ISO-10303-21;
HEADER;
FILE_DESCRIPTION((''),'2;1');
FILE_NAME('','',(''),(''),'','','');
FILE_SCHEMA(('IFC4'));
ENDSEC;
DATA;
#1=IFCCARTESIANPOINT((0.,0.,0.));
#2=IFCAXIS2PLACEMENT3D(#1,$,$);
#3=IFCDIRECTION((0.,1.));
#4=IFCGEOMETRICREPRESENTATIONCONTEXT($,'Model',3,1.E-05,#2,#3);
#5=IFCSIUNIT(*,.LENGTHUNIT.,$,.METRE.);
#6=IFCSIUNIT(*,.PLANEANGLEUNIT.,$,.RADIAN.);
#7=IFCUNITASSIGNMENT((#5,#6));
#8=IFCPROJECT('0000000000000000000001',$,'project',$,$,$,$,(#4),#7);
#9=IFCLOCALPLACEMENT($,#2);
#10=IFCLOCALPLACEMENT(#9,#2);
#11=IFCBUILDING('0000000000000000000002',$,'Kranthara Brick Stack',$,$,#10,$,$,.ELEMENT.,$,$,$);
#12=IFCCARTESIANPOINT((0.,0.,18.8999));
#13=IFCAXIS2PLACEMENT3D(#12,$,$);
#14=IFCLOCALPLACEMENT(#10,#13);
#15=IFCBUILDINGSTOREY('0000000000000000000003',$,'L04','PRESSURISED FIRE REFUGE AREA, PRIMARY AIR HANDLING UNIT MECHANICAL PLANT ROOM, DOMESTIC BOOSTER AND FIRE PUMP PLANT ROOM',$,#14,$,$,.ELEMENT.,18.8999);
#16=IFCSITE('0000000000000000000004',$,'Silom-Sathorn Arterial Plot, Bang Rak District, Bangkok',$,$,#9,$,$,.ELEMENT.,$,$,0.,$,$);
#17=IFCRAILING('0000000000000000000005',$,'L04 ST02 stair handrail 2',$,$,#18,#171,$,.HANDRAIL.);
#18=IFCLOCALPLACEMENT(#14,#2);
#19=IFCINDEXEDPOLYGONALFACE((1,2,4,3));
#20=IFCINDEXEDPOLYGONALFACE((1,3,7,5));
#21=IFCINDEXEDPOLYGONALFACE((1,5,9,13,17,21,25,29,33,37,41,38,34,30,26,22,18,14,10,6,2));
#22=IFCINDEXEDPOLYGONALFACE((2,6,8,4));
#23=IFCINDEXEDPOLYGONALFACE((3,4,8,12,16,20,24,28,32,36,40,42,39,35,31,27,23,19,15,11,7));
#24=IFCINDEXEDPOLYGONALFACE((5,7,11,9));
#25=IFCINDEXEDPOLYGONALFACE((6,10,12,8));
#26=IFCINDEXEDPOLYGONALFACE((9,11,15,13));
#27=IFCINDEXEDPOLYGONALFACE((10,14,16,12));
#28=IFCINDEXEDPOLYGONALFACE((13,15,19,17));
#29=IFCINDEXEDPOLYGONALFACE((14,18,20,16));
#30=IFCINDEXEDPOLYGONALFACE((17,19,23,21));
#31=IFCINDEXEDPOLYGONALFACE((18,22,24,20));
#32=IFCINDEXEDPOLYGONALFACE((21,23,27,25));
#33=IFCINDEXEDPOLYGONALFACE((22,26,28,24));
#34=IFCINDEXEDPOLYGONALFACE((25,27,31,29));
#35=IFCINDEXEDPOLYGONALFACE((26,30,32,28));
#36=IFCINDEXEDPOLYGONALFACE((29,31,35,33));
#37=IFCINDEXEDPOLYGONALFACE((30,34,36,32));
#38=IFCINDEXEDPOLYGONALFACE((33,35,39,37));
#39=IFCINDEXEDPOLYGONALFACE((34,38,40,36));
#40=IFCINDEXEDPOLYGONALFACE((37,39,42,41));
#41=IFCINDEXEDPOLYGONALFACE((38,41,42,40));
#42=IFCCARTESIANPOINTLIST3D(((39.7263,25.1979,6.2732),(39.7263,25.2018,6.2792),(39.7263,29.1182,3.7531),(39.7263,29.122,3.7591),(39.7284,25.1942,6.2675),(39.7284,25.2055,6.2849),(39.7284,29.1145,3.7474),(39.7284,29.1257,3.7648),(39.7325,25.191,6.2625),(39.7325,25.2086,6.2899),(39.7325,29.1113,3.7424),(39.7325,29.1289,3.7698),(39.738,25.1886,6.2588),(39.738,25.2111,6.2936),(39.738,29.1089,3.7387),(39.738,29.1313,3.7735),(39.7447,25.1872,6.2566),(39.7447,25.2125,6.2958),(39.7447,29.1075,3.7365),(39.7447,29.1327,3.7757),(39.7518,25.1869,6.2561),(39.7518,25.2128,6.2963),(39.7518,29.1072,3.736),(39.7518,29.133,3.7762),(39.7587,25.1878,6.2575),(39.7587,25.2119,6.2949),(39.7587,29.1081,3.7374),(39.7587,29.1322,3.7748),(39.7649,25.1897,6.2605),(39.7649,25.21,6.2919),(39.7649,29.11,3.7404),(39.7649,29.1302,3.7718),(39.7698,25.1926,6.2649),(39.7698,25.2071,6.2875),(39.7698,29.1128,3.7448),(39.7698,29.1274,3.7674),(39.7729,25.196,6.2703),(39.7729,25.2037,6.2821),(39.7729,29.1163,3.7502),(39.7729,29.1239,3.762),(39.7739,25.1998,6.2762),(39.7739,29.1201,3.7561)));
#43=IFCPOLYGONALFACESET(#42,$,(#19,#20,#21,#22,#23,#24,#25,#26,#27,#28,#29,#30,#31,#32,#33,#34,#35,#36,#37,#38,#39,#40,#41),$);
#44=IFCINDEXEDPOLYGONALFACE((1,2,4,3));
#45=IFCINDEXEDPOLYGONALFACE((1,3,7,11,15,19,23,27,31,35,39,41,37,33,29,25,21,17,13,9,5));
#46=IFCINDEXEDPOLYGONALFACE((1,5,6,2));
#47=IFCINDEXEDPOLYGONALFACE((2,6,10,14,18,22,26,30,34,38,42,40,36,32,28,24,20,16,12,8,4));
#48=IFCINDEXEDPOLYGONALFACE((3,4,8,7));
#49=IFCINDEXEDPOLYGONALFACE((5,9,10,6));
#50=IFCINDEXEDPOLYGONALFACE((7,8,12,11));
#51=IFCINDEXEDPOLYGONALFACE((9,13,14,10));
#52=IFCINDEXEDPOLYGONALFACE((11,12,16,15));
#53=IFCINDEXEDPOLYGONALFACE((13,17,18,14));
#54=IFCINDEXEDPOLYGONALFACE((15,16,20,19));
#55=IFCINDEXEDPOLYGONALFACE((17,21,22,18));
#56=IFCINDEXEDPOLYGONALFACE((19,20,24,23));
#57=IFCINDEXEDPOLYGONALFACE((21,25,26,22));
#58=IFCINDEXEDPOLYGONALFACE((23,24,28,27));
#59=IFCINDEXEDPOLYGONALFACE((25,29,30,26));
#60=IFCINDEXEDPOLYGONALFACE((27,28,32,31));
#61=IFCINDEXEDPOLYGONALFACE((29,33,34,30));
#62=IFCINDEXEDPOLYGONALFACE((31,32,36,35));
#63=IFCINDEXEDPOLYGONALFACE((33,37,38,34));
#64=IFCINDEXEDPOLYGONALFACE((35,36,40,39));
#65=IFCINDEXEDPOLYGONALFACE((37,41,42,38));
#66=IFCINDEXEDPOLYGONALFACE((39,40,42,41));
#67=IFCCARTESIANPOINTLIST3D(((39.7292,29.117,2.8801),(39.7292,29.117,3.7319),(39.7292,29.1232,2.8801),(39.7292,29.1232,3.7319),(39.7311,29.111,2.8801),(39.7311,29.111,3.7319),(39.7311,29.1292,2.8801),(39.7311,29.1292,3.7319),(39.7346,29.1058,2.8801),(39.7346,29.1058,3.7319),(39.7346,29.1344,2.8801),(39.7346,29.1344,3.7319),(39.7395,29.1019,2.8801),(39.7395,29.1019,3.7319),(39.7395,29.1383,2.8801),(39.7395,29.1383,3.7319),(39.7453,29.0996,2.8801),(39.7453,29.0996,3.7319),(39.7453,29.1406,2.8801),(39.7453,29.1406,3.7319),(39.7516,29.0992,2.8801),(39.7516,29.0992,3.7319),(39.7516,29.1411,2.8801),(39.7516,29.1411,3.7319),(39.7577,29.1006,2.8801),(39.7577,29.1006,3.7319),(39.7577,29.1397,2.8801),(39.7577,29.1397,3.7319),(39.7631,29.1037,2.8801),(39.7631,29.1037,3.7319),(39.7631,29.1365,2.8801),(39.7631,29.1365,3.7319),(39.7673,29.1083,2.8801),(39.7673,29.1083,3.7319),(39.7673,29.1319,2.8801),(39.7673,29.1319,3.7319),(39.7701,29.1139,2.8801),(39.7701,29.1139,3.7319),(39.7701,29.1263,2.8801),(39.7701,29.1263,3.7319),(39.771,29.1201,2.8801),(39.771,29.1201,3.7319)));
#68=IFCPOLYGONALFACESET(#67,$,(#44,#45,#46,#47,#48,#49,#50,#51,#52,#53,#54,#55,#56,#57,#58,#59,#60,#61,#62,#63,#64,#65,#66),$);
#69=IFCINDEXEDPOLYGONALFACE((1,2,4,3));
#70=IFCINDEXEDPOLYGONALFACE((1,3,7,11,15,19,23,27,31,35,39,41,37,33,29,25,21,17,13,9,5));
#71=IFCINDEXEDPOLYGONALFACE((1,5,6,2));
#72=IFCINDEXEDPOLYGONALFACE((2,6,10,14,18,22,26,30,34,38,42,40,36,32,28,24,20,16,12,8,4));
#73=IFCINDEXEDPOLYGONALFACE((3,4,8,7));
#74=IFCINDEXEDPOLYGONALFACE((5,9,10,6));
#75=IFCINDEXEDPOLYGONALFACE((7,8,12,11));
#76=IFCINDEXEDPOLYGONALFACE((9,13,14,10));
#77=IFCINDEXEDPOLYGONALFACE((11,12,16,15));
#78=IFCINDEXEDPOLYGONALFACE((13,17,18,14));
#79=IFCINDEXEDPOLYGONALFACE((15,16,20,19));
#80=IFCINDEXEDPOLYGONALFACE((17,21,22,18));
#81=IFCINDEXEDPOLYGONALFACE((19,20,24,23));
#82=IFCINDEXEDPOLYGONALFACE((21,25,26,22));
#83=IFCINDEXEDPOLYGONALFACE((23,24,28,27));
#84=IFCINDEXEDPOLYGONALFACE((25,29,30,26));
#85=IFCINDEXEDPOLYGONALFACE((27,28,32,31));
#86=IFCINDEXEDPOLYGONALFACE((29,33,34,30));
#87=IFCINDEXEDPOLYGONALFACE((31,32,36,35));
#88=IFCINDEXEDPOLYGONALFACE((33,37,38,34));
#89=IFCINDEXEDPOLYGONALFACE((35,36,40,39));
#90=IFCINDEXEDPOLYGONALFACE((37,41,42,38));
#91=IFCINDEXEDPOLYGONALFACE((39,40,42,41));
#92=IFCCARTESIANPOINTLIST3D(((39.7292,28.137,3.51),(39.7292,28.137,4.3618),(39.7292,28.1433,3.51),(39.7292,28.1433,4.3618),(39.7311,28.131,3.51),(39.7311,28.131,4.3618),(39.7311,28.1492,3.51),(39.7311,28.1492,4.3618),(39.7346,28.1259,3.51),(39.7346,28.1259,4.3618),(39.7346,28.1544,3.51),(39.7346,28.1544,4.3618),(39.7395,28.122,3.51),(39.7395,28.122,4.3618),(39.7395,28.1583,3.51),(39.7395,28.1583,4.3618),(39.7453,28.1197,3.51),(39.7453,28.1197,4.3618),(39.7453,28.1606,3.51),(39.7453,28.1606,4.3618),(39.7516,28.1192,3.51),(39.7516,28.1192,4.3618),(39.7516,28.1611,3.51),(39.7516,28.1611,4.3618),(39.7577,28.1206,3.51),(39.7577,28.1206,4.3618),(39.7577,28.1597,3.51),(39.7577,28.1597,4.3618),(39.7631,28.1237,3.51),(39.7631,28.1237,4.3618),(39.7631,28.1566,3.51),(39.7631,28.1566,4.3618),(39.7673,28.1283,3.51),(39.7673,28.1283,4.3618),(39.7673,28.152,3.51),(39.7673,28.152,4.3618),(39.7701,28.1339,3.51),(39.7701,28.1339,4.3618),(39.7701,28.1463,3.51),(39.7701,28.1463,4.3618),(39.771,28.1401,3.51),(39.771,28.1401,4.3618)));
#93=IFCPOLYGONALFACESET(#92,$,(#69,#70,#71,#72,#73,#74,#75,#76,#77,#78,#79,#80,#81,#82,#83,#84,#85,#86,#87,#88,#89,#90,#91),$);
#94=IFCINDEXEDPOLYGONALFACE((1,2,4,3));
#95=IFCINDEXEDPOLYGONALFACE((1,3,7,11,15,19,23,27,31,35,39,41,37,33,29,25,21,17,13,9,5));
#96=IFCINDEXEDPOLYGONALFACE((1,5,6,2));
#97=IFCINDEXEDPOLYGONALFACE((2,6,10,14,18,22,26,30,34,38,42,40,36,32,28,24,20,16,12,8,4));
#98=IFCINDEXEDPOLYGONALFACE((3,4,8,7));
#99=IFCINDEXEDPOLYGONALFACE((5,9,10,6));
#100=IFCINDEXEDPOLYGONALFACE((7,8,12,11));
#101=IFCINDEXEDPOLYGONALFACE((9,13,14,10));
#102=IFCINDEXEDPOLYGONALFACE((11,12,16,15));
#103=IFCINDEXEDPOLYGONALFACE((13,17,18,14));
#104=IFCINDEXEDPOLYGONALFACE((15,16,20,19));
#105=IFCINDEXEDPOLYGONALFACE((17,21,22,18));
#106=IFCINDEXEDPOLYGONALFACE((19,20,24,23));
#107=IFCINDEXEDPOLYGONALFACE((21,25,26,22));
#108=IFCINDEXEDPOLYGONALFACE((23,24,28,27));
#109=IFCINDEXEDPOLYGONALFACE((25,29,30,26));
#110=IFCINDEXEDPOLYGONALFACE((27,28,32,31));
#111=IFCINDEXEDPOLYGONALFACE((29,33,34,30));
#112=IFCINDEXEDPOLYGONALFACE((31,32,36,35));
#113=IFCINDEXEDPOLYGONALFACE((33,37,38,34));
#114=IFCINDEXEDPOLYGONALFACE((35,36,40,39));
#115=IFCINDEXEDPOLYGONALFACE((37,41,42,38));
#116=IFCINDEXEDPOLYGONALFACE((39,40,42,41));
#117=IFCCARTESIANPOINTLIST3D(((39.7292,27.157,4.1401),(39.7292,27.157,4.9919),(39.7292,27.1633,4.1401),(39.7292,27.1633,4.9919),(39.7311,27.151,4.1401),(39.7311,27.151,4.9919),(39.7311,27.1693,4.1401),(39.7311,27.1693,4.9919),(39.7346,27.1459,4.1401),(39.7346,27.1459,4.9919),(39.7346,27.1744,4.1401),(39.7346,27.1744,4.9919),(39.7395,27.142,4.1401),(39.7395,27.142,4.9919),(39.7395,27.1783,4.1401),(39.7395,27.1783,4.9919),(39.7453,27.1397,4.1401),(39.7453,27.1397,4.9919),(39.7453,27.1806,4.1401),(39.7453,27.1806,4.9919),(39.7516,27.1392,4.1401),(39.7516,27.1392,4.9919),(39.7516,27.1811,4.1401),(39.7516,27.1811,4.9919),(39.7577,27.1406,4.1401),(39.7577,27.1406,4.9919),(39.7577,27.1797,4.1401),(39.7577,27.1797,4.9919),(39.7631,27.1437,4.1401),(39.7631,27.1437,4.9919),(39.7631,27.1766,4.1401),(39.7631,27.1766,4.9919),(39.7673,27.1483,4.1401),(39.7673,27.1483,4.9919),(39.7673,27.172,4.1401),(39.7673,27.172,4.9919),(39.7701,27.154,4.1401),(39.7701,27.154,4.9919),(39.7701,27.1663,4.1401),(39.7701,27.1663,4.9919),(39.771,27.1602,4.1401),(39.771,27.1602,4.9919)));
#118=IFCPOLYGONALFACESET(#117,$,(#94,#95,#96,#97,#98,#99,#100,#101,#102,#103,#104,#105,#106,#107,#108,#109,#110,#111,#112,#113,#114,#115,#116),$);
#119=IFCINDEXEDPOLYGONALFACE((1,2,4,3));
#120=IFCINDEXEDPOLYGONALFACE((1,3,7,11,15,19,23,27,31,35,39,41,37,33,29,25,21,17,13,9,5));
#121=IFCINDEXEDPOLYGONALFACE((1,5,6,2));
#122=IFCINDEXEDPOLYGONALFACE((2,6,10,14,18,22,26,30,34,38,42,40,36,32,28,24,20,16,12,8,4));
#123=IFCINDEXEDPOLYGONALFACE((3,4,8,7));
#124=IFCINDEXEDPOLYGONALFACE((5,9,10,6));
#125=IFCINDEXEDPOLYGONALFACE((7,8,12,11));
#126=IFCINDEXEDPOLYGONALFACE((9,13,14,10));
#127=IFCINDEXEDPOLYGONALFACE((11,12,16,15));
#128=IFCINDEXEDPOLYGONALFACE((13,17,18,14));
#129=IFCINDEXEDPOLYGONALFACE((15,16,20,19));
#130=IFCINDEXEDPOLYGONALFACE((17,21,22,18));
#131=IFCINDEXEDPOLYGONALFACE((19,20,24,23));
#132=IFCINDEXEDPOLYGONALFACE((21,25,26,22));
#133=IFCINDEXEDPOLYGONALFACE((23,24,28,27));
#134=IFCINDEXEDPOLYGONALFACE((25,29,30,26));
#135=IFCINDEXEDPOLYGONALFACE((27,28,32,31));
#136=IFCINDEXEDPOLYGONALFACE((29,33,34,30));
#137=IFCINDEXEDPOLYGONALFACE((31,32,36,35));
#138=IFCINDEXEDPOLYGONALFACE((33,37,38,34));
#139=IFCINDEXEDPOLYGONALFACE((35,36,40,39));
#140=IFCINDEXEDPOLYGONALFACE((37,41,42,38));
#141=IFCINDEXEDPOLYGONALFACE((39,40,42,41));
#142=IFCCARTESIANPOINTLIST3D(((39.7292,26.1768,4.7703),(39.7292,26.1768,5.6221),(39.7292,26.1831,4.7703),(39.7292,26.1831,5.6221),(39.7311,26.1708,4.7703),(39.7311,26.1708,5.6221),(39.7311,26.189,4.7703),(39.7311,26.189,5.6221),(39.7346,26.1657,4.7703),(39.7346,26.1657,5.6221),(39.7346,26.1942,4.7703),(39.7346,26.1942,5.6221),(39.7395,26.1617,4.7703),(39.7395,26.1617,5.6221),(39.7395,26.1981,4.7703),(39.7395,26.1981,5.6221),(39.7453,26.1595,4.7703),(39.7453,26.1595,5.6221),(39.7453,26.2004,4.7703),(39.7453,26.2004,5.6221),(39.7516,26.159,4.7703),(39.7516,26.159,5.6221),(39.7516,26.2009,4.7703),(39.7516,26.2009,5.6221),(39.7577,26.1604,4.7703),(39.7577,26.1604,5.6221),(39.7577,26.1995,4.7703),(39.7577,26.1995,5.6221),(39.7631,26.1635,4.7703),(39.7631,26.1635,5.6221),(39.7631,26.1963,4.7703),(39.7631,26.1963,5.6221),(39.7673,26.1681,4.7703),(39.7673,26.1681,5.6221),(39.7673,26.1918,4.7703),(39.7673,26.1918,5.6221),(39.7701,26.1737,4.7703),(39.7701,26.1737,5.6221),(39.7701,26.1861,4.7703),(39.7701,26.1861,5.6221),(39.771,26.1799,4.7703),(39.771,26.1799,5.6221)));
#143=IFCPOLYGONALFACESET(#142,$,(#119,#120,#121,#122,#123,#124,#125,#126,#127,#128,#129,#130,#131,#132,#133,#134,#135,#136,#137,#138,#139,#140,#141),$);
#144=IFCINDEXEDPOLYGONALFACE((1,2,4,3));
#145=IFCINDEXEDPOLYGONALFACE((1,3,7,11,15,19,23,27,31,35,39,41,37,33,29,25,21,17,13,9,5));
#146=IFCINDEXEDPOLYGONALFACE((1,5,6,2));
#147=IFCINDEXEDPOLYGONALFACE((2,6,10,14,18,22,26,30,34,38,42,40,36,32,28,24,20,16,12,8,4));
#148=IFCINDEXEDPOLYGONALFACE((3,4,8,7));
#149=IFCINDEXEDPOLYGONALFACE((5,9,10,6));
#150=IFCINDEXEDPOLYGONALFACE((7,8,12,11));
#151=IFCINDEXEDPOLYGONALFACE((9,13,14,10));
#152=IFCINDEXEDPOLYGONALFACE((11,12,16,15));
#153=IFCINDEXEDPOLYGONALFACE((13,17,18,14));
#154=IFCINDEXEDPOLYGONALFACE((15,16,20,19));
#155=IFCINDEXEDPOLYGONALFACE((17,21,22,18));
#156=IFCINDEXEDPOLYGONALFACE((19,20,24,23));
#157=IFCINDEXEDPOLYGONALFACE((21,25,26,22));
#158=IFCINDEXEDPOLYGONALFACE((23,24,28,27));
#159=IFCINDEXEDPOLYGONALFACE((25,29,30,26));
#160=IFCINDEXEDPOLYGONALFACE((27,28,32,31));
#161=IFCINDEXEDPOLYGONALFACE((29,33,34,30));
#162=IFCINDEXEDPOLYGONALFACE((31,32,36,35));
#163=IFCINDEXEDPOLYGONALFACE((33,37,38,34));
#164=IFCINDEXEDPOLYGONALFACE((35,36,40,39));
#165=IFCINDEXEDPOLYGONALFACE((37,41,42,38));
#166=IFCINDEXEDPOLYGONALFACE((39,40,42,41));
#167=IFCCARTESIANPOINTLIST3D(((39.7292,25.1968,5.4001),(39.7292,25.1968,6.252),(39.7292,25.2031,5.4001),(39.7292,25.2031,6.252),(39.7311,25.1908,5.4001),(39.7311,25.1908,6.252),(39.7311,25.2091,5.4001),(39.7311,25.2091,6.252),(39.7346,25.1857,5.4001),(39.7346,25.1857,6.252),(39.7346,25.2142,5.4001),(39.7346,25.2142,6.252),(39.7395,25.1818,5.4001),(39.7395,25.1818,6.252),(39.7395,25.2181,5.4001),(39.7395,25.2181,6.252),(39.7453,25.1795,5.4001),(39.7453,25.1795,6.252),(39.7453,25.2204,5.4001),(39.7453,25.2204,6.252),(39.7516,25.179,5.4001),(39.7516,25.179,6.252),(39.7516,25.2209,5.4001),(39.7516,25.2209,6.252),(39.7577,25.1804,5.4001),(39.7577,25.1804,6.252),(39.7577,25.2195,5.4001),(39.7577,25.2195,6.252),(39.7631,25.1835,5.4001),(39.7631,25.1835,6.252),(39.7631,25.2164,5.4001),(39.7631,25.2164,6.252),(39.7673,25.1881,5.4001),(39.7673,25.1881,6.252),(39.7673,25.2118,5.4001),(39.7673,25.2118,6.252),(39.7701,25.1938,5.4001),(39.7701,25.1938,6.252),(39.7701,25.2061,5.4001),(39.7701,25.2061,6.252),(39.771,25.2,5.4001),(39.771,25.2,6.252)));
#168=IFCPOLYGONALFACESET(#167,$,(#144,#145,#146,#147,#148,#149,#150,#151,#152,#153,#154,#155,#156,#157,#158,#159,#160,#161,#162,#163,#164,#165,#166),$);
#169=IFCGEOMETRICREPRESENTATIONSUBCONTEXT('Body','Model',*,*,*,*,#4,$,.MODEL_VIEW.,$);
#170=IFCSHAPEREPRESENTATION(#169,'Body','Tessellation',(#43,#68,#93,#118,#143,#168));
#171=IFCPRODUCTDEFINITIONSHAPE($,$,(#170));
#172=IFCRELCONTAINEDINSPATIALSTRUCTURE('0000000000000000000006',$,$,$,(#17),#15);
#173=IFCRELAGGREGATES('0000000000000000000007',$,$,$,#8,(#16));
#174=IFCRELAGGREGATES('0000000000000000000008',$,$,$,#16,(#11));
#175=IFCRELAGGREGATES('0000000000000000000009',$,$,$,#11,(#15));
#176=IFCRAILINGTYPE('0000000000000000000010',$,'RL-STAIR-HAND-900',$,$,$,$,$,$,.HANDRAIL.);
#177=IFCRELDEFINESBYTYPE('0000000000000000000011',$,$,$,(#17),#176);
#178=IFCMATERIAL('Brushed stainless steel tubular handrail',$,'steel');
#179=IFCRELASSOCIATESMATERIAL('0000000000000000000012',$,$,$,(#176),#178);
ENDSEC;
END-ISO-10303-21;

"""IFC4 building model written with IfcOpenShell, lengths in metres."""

from ifc_helpers import new_model, si_unit, direction, frame, origin, origin_2d, place, context, subcontext, project, spatial, circle, extrude, material, type_object, element, save


model = new_model("IFC4")

# Units and contexts
model_context = context("Model", 3, precision=1e-05, world=origin(), true_north=direction((0.0, 1.0)))
body_context = subcontext(model_context, "Body", "Model", "MODEL_VIEW")
ifc_project = project(units=[si_unit("LENGTHUNIT", "METRE"), si_unit("PLANEANGLEUNIT", "RADIAN")], contexts=[model_context])

# Site, building, storey
site_placement = place(None, origin())
site = spatial("IfcSite", under=ifc_project, at=site_placement, Name="Silom-Sathorn Arterial Plot, Bang Rak District, Bangkok", CompositionType="ELEMENT", RefElevation=0.0)
building_placement = place(site_placement, origin())
building = spatial("IfcBuilding", under=site, at=building_placement, Name="Kranthara Brick Stack", CompositionType="ELEMENT")
storey_placement = place(building_placement, frame((0.0, 0.0, 18.8999)))
storey = spatial("IfcBuildingStorey", under=building, at=storey_placement, Name="L04", Description="PRESSURISED FIRE REFUGE AREA, PRIMARY AIR HANDLING UNIT MECHANICAL PLANT ROOM, DOMESTIC BOOSTER AND FIRE PUMP PLANT ROOM", CompositionType="ELEMENT", Elevation=18.8999)

# Railing
ifc_material_1 = material(Name="Brushed stainless steel tubular handrail", Category="steel")
railing_type_1 = type_object("IfcRailingType", Name="RL-STAIR-HAND-900", PredefinedType="HANDRAIL", material=ifc_material_1)
railing_1_placement = place(storey_placement, frame((39.75, 29.1201, 2.8801)))
element("IfcRailing", 1, at=railing_1_placement, inside=storey, type_object=railing_type_1, Name="L04 ST02 stair handrail 2", PredefinedType="HANDRAIL", context=body_context, shape_type="SweptSolid", body=[
    extrude(circle(Radius=0.0239, at=origin_2d()), frame((0.0, 0.0, 0.876), z_axis=(0.0, -0.841187, 0.540744), x_axis=(1.0, 0.0, 0.0)), (0.0, 0.0, 1.0), 4.6604),
    extrude(circle(Radius=0.021, at=origin_2d()), origin(), (0.0, 0.0, 1.0), 0.8518),
    extrude(circle(Radius=0.021, at=origin_2d()), frame((0.0, -0.98, 0.6299)), (0.0, 0.0, 1.0), 0.8518),
    extrude(circle(Radius=0.021, at=origin_2d()), frame((0.0, -1.96, 1.26)), (0.0, 0.0, 1.0), 0.8518),
    extrude(circle(Radius=0.021, at=origin_2d()), frame((0.0, -2.9402, 1.8901)), (0.0, 0.0, 1.0), 0.8518),
    extrude(circle(Radius=0.021, at=origin_2d()), frame((0.0, -3.9202, 2.52)), (0.0, 0.0, 1.0), 0.8518),
])

save(model, "model.ifc")
